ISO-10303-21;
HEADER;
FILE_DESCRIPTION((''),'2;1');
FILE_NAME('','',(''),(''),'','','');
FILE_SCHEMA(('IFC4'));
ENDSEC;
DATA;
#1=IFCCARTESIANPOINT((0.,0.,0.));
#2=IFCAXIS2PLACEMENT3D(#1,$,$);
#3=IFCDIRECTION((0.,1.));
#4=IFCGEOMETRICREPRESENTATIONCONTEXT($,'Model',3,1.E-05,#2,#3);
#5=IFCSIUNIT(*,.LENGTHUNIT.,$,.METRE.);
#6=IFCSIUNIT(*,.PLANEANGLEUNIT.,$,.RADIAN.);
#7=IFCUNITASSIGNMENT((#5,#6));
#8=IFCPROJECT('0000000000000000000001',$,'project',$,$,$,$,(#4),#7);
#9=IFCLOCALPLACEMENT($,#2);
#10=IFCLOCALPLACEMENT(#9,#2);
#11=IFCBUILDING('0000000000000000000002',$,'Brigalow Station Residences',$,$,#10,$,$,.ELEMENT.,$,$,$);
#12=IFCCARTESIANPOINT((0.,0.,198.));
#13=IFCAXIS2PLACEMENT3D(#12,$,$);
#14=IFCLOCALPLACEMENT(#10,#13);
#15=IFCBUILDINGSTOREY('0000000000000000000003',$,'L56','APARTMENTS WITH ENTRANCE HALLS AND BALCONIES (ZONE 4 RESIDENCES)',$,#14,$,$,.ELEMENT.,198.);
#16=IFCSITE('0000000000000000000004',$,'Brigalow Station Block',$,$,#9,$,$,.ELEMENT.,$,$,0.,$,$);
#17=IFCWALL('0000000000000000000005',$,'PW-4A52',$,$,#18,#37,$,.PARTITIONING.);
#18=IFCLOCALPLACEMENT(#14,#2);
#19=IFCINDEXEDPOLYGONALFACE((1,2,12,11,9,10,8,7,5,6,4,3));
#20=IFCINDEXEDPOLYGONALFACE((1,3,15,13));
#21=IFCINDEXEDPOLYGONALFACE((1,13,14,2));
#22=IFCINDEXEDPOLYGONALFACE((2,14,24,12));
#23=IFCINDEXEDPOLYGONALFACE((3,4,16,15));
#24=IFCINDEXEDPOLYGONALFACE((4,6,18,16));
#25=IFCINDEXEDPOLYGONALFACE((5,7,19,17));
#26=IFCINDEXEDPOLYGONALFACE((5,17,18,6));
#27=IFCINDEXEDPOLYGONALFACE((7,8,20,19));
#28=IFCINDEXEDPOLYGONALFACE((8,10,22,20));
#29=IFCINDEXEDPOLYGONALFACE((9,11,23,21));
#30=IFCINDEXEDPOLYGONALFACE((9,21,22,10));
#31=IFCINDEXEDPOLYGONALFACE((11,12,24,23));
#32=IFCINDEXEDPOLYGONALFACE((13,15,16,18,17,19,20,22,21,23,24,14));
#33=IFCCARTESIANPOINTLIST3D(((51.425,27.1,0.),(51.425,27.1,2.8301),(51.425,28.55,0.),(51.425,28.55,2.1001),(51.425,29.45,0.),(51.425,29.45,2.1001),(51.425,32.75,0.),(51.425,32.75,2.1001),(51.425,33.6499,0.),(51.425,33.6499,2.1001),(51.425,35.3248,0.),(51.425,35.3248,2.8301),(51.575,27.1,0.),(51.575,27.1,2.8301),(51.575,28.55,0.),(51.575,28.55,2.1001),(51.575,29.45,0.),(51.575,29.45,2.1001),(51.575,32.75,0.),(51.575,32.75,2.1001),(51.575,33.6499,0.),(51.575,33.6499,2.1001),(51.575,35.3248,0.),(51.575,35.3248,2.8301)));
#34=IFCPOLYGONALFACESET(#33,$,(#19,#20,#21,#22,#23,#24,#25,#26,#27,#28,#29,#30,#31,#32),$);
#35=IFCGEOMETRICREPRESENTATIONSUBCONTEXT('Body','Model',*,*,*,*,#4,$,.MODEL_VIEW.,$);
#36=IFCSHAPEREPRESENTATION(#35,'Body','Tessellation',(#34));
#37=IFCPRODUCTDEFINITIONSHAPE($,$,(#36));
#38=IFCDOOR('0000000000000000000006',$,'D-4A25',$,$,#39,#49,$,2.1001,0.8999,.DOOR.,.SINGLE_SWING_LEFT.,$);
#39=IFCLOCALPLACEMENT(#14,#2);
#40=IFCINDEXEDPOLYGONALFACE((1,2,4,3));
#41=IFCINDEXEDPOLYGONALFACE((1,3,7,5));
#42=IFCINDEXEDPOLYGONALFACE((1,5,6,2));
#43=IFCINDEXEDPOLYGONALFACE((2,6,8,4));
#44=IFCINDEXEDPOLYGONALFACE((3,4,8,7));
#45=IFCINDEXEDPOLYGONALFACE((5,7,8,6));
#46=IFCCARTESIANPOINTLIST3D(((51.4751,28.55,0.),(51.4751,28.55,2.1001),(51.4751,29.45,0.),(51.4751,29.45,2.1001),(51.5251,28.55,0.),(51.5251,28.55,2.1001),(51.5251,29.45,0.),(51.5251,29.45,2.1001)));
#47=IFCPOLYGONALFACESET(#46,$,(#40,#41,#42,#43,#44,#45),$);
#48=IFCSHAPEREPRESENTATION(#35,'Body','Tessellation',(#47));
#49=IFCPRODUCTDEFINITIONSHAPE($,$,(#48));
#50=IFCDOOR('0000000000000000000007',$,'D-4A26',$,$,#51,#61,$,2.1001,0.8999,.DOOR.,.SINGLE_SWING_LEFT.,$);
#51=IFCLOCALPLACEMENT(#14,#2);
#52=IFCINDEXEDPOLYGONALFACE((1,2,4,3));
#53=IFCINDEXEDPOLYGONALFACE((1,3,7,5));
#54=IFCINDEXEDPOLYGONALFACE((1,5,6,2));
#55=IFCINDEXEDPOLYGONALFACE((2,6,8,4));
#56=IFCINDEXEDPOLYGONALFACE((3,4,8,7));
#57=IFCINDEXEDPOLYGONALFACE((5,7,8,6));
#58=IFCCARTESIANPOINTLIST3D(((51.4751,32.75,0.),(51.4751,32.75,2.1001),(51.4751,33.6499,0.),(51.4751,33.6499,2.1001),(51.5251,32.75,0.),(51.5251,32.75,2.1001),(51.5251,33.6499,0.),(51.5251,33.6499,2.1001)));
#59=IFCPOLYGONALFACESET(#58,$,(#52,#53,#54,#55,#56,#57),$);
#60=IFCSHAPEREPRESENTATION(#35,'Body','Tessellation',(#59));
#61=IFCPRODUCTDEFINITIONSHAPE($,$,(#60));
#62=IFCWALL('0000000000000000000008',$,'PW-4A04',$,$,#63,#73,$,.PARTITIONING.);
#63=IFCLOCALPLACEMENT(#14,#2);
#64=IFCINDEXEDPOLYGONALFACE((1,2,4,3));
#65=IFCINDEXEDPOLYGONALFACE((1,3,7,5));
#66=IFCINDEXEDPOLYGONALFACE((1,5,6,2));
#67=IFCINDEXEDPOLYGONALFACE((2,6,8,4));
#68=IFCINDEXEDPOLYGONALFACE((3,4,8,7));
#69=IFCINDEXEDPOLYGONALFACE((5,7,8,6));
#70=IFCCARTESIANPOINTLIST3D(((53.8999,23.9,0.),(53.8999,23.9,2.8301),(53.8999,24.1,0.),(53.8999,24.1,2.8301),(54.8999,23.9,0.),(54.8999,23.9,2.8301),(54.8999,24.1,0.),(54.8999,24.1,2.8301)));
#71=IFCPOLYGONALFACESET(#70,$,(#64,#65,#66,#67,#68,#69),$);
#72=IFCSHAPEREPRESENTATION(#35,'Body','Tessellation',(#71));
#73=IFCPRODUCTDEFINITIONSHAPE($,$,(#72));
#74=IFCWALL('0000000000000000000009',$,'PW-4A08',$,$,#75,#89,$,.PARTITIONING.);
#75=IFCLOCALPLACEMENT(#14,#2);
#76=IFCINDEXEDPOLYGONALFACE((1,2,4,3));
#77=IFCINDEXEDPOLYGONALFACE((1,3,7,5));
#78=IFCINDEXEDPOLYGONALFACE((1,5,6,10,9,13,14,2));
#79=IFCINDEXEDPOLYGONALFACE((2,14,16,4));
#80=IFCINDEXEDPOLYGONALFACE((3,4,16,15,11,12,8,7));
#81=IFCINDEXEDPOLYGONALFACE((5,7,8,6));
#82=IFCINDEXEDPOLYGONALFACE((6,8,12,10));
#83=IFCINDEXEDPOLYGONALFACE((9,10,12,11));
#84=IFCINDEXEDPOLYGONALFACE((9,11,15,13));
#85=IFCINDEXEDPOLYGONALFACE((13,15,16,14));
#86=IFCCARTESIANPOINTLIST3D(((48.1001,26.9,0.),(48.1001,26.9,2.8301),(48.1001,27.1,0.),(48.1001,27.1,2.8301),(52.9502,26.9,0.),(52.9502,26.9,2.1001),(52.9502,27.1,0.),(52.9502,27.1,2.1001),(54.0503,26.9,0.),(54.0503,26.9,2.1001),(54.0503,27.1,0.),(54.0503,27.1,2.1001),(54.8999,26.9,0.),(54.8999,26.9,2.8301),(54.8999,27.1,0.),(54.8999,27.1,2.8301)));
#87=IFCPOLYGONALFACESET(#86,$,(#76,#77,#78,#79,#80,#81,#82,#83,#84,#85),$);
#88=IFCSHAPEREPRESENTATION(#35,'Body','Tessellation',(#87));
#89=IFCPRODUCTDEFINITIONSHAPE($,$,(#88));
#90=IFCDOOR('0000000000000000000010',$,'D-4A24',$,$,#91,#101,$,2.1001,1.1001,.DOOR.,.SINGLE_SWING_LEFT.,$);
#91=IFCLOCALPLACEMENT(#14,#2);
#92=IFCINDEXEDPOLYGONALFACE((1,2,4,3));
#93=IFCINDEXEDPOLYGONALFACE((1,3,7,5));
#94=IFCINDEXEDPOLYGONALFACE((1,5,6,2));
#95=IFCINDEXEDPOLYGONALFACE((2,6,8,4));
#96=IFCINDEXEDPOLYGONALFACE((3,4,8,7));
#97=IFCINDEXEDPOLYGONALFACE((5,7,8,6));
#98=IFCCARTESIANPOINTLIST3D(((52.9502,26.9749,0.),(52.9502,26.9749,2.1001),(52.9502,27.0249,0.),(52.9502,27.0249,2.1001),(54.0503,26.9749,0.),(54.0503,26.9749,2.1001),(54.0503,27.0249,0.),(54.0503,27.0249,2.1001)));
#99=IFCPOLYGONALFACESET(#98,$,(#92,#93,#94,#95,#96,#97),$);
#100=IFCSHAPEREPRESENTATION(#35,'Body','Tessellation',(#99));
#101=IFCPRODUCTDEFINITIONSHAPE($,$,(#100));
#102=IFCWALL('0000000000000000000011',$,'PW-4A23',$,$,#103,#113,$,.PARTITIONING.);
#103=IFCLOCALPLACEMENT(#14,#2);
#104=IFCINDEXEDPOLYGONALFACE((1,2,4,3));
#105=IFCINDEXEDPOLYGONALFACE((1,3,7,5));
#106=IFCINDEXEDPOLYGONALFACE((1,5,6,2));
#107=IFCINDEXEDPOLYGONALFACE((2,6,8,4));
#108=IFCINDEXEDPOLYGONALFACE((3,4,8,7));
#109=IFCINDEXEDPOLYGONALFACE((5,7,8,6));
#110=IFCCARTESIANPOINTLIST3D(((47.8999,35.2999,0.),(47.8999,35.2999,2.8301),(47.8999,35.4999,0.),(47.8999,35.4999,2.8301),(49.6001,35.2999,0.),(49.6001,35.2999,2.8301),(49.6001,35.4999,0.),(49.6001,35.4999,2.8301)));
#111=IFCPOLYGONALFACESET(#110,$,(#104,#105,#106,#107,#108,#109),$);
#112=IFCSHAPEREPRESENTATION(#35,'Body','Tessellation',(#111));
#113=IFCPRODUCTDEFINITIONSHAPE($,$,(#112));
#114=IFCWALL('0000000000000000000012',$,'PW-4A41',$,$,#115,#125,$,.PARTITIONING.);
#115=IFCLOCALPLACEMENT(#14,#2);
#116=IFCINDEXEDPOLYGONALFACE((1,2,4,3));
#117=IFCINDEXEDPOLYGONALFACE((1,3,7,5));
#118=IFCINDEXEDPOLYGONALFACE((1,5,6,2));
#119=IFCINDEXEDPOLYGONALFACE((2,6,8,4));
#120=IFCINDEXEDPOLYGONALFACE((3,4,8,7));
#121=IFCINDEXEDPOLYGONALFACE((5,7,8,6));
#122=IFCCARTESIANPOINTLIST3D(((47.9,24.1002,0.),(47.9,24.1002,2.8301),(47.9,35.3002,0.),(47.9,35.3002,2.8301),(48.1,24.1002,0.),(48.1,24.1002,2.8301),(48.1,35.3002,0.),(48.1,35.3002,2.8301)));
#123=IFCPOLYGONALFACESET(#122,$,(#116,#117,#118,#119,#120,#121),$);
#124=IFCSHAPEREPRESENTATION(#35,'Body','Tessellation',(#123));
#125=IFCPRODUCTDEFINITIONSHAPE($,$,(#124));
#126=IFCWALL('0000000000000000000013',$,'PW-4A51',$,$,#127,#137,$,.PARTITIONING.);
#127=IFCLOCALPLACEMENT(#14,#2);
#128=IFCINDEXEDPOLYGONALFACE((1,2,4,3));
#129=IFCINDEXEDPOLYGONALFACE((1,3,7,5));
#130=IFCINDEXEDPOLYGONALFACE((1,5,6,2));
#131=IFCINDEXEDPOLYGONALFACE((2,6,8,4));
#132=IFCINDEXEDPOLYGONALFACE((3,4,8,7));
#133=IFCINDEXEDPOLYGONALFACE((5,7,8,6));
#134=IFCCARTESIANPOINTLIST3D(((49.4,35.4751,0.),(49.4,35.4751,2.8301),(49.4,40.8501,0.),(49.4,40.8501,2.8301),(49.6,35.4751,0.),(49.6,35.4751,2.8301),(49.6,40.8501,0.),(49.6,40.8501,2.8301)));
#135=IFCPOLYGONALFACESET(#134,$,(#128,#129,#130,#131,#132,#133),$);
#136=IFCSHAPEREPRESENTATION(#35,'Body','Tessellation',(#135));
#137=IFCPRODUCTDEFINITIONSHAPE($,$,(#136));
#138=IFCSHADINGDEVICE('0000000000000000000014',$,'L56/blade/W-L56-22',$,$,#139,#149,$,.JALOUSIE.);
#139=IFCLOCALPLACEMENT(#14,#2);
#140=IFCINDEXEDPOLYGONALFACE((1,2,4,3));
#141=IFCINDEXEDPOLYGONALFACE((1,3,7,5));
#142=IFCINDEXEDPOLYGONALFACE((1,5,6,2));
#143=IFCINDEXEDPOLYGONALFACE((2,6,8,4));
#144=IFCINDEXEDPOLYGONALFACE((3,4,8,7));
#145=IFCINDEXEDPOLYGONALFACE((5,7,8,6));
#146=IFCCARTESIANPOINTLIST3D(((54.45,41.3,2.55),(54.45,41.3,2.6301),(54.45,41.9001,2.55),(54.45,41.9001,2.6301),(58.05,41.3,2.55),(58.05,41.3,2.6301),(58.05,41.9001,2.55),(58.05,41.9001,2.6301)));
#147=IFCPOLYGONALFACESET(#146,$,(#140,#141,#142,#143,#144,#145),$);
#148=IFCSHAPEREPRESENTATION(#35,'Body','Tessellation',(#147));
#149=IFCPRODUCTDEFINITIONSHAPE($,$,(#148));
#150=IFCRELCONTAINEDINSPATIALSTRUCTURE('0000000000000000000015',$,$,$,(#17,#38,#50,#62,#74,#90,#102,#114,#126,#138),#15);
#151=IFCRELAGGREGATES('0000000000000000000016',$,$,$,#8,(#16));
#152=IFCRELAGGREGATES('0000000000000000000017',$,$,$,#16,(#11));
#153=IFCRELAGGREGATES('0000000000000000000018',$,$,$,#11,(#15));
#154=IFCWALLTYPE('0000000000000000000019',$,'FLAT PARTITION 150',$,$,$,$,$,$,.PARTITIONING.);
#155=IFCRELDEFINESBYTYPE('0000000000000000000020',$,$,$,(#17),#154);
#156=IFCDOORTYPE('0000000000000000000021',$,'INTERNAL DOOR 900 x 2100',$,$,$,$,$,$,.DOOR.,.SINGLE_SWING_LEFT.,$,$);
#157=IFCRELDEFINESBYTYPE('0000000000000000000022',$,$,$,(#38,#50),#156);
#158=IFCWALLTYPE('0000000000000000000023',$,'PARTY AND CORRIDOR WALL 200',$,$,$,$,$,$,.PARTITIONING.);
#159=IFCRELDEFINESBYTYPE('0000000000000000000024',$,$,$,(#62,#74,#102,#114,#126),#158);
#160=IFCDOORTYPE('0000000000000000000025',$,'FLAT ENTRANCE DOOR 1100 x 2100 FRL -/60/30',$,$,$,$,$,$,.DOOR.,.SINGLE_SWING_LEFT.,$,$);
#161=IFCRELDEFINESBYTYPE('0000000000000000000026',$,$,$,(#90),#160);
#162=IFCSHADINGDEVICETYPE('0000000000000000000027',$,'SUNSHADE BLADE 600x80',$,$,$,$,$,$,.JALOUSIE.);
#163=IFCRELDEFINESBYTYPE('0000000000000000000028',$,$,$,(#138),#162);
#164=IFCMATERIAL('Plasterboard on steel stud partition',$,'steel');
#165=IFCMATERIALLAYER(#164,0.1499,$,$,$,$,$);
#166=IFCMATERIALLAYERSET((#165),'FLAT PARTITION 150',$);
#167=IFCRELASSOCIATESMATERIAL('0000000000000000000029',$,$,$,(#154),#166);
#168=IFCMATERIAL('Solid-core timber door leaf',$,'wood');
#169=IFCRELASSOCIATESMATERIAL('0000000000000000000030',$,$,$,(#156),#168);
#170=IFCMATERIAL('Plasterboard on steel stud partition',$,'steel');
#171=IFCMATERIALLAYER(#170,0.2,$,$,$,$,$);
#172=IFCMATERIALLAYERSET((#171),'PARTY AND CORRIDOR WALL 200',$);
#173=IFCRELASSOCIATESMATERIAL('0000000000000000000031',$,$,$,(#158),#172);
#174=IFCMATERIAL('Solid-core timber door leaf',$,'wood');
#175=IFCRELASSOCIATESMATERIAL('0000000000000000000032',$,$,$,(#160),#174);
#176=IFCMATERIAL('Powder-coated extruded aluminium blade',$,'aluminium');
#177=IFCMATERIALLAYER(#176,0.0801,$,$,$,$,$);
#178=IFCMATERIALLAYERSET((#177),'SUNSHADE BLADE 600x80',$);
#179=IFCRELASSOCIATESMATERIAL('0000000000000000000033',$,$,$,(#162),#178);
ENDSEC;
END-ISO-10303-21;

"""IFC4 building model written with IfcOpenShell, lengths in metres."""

from ifc_helpers import new_model, si_unit, direction, frame, frame_2d, origin, origin_2d, place, context, subcontext, project, spatial, rectangle, extrude, material, layer, layer_set, type_object, element, fill, save


model = new_model("IFC4")

# Units and contexts
model_context = context("Model", 3, precision=1e-05, world=origin(), true_north=direction((0.0, 1.0)))
body_context = subcontext(model_context, "Body", "Model", "MODEL_VIEW")
ifc_project = project(units=[si_unit("LENGTHUNIT", "METRE"), si_unit("PLANEANGLEUNIT", "RADIAN")], contexts=[model_context])

# Site, building, storey
site_placement = place(None, origin())
site = spatial("IfcSite", under=ifc_project, at=site_placement, Name="Brigalow Station Block", CompositionType="ELEMENT", RefElevation=0.0)
building_placement = place(site_placement, origin())
building = spatial("IfcBuilding", under=site, at=building_placement, Name="Brigalow Station Residences", CompositionType="ELEMENT")
storey_placement = place(building_placement, frame((0.0, 0.0, 198.0)))
storey = spatial("IfcBuildingStorey", under=building, at=storey_placement, Name="L56", Description="APARTMENTS WITH ENTRANCE HALLS AND BALCONIES (ZONE 4 RESIDENCES)", CompositionType="ELEMENT", Elevation=198.0)

# Shared definitions
ifc_material_1 = material(Name="Plasterboard on steel stud partition", Category="steel")
ifc_layer_1 = layer(ifc_material_1, 0.1499)
ifc_layer_set_1 = layer_set([ifc_layer_1], Name="FLAT PARTITION 150")
wall_type_1 = type_object("IfcWallType", Name="FLAT PARTITION 150", PredefinedType="PARTITIONING", material=ifc_layer_set_1)
ifc_material_2 = material(Name="Solid-core timber door leaf", Category="wood")
door_type_1 = type_object("IfcDoorType", Name="INTERNAL DOOR 900 x 2100", OperationType="SINGLE_SWING_LEFT", PredefinedType="DOOR", material=ifc_material_2)

# Wall, openings, doors
wall_1_placement = place(storey_placement, frame((51.5, 27.1001, 0.0), z_axis=(0.0, 0.0, 1.0), x_axis=(0.0, 1.0, 0.0)))
wall_1 = element("IfcWall", 1, at=wall_1_placement, inside=storey, type_object=wall_type_1, Name="PW-4A52", PredefinedType="PARTITIONING", context=body_context, shape_type="SweptSolid", body=[
    extrude(rectangle(XDim=8.2249, YDim=0.1499, at=frame_2d((4.1123, 0.0))), origin(), (0.0, 0.0, 1.0), 2.8301),
])
opening_1_placement = place(wall_1_placement, frame((1.45, 0.0, 0.0)))
opening_1 = element("IfcOpeningElement", 2, at=opening_1_placement, cuts=wall_1, PredefinedType="OPENING", context=body_context, shape_type="SweptSolid", body=[
    extrude(rectangle(XDim=0.8999, YDim=2.1001, at=frame_2d((0.45, 1.05))), frame((0.0, 0.085, 0.0), z_axis=(0.0, -1.0, 0.0), x_axis=(1.0, 0.0, 0.0)), (0.0, 0.0, 1.0), 0.1699),
])
opening_2_placement = place(wall_1_placement, frame((5.6499, 0.0, 0.0)))
opening_2 = element("IfcOpeningElement", 3, at=opening_2_placement, cuts=wall_1, PredefinedType="OPENING", context=body_context, shape_type="SweptSolid", body=[
    extrude(rectangle(XDim=0.8999, YDim=2.1001, at=frame_2d((0.45, 1.05))), frame((0.0, 0.085, 0.0), z_axis=(0.0, -1.0, 0.0), x_axis=(1.0, 0.0, 0.0)), (0.0, 0.0, 1.0), 0.1699),
])
door_1_placement = place(opening_1_placement, origin())
door_1 = element("IfcDoor", 4, at=door_1_placement, inside=storey, type_object=door_type_1, Name="D-4A25", OperationType="SINGLE_SWING_LEFT", OverallHeight=2.1001, OverallWidth=0.8999, PredefinedType="DOOR", context=body_context, shape_type="SweptSolid", body=[
    extrude(rectangle(XDim=0.8999, YDim=2.1001, at=frame_2d((0.45, 1.05))), frame((0.0, 0.0249, 0.0), z_axis=(0.0, -1.0, 0.0), x_axis=(1.0, 0.0, 0.0)), (0.0, 0.0, 1.0), 0.05),
])
fill(opening_1, door_1)
door_2_placement = place(opening_2_placement, origin())
door_2 = element("IfcDoor", 5, at=door_2_placement, inside=storey, type_object=door_type_1, Name="D-4A26", OperationType="SINGLE_SWING_LEFT", OverallHeight=2.1001, OverallWidth=0.8999, PredefinedType="DOOR", context=body_context, shape_type="SweptSolid", body=[
    extrude(rectangle(XDim=0.8999, YDim=2.1001, at=frame_2d((0.45, 1.05))), frame((0.0, 0.0249, 0.0), z_axis=(0.0, -1.0, 0.0), x_axis=(1.0, 0.0, 0.0)), (0.0, 0.0, 1.0), 0.05),
])
fill(opening_2, door_2)

# Wall
ifc_material_3 = material(Name="Plasterboard on steel stud partition", Category="steel")
ifc_layer_2 = layer(ifc_material_3, 0.2)
ifc_layer_set_2 = layer_set([ifc_layer_2], Name="PARTY AND CORRIDOR WALL 200")
wall_type_2 = type_object("IfcWallType", Name="PARTY AND CORRIDOR WALL 200", PredefinedType="PARTITIONING", material=ifc_layer_set_2)
wall_2_placement = place(storey_placement, frame((53.8999, 24.0, 0.0), z_axis=(0.0, 0.0, 1.0), x_axis=(1.0, 0.0, 0.0)))
element("IfcWall", 6, at=wall_2_placement, inside=storey, type_object=wall_type_2, Name="PW-4A04", PredefinedType="PARTITIONING", context=body_context, shape_type="SweptSolid", body=[
    extrude(rectangle(XDim=1.0, YDim=0.2, at=frame_2d((0.5, 0.0))), origin(), (0.0, 0.0, 1.0), 2.8301),
])

# Wall, opening, door
wall_3_placement = place(storey_placement, frame((48.1001, 27.0, 0.0), z_axis=(0.0, 0.0, 1.0), x_axis=(1.0, 0.0, 0.0)))
wall_3 = element("IfcWall", 7, at=wall_3_placement, inside=storey, type_object=wall_type_2, Name="PW-4A08", PredefinedType="PARTITIONING", context=body_context, shape_type="SweptSolid", body=[
    extrude(rectangle(XDim=6.7998, YDim=0.2, at=frame_2d((3.3999, 0.0))), origin(), (0.0, 0.0, 1.0), 2.8301),
])
opening_3_placement = place(wall_3_placement, frame((4.8501, 0.0, 0.0)))
opening_3 = element("IfcOpeningElement", 8, at=opening_3_placement, cuts=wall_3, PredefinedType="OPENING", context=body_context, shape_type="SweptSolid", body=[
    extrude(rectangle(XDim=1.1001, YDim=2.1001, at=frame_2d((0.55, 1.05))), frame((0.0, 0.1099, 0.0), z_axis=(0.0, -1.0, 0.0), x_axis=(1.0, 0.0, 0.0)), (0.0, 0.0, 1.0), 0.22),
])
ifc_material_4 = material(Name="Solid-core timber door leaf", Category="wood")
door_type_2 = type_object("IfcDoorType", Name="FLAT ENTRANCE DOOR 1100 x 2100 FRL -/60/30", OperationType="SINGLE_SWING_LEFT", PredefinedType="DOOR", material=ifc_material_4)
door_3_placement = place(opening_3_placement, origin())
door_3 = element("IfcDoor", 9, at=door_3_placement, inside=storey, type_object=door_type_2, Name="D-4A24", OperationType="SINGLE_SWING_LEFT", OverallHeight=2.1001, OverallWidth=1.1001, PredefinedType="DOOR", context=body_context, shape_type="SweptSolid", body=[
    extrude(rectangle(XDim=1.1001, YDim=2.1001, at=frame_2d((0.55, 1.05))), frame((0.0, 0.0249, 0.0), z_axis=(0.0, -1.0, 0.0), x_axis=(1.0, 0.0, 0.0)), (0.0, 0.0, 1.0), 0.05),
])
fill(opening_3, door_3)

# Walls
wall_4_placement = place(storey_placement, frame((47.8999, 35.3999, 0.0), z_axis=(0.0, 0.0, 1.0), x_axis=(1.0, 0.0, 0.0)))
element("IfcWall", 10, at=wall_4_placement, inside=storey, type_object=wall_type_2, Name="PW-4A23", PredefinedType="PARTITIONING", context=body_context, shape_type="SweptSolid", body=[
    extrude(rectangle(XDim=1.7002, YDim=0.2, at=frame_2d((0.8501, 0.0))), origin(), (0.0, 0.0, 1.0), 2.8301),
])
wall_5_placement = place(storey_placement, frame((48.0, 24.1001, 0.0), z_axis=(0.0, 0.0, 1.0), x_axis=(0.0, 1.0, 0.0)))
element("IfcWall", 11, at=wall_5_placement, inside=storey, type_object=wall_type_2, Name="PW-4A41", PredefinedType="PARTITIONING", context=body_context, shape_type="SweptSolid", body=[
    extrude(rectangle(XDim=11.2, YDim=0.2, at=frame_2d((5.6001, 0.0))), origin(), (0.0, 0.0, 1.0), 2.8301),
])
wall_6_placement = place(storey_placement, frame((49.5, 35.4751, 0.0), z_axis=(0.0, 0.0, 1.0), x_axis=(0.0, 1.0, 0.0)))
element("IfcWall", 12, at=wall_6_placement, inside=storey, type_object=wall_type_2, Name="PW-4A51", PredefinedType="PARTITIONING", context=body_context, shape_type="SweptSolid", body=[
    extrude(rectangle(XDim=5.375, YDim=0.2, at=frame_2d((2.6875, 0.0))), origin(), (0.0, 0.0, 1.0), 2.8301),
])

# Shading device
ifc_material_5 = material(Name="Powder-coated extruded aluminium blade", Category="aluminium")
ifc_layer_3 = layer(ifc_material_5, 0.0801)
ifc_layer_set_3 = layer_set([ifc_layer_3], Name="SUNSHADE BLADE 600x80")
shading_device_type = type_object("IfcShadingDeviceType", Name="SUNSHADE BLADE 600x80", PredefinedType="JALOUSIE", material=ifc_layer_set_3)
shading_device_placement = place(storey_placement, frame((56.25, 41.6001, 2.55), z_axis=(0.0, 0.0, 1.0), x_axis=(-1.0, 0.0, 0.0)))
element("IfcShadingDevice", 13, at=shading_device_placement, inside=storey, type_object=shading_device_type, Name="L56/blade/W-L56-22", PredefinedType="JALOUSIE", context=body_context, shape_type="SweptSolid", body=[
    extrude(rectangle(XDim=3.6001, YDim=0.6001, at=origin_2d()), origin(), (0.0, 0.0, 1.0), 0.0801),
])

save(model, "model.ifc")
